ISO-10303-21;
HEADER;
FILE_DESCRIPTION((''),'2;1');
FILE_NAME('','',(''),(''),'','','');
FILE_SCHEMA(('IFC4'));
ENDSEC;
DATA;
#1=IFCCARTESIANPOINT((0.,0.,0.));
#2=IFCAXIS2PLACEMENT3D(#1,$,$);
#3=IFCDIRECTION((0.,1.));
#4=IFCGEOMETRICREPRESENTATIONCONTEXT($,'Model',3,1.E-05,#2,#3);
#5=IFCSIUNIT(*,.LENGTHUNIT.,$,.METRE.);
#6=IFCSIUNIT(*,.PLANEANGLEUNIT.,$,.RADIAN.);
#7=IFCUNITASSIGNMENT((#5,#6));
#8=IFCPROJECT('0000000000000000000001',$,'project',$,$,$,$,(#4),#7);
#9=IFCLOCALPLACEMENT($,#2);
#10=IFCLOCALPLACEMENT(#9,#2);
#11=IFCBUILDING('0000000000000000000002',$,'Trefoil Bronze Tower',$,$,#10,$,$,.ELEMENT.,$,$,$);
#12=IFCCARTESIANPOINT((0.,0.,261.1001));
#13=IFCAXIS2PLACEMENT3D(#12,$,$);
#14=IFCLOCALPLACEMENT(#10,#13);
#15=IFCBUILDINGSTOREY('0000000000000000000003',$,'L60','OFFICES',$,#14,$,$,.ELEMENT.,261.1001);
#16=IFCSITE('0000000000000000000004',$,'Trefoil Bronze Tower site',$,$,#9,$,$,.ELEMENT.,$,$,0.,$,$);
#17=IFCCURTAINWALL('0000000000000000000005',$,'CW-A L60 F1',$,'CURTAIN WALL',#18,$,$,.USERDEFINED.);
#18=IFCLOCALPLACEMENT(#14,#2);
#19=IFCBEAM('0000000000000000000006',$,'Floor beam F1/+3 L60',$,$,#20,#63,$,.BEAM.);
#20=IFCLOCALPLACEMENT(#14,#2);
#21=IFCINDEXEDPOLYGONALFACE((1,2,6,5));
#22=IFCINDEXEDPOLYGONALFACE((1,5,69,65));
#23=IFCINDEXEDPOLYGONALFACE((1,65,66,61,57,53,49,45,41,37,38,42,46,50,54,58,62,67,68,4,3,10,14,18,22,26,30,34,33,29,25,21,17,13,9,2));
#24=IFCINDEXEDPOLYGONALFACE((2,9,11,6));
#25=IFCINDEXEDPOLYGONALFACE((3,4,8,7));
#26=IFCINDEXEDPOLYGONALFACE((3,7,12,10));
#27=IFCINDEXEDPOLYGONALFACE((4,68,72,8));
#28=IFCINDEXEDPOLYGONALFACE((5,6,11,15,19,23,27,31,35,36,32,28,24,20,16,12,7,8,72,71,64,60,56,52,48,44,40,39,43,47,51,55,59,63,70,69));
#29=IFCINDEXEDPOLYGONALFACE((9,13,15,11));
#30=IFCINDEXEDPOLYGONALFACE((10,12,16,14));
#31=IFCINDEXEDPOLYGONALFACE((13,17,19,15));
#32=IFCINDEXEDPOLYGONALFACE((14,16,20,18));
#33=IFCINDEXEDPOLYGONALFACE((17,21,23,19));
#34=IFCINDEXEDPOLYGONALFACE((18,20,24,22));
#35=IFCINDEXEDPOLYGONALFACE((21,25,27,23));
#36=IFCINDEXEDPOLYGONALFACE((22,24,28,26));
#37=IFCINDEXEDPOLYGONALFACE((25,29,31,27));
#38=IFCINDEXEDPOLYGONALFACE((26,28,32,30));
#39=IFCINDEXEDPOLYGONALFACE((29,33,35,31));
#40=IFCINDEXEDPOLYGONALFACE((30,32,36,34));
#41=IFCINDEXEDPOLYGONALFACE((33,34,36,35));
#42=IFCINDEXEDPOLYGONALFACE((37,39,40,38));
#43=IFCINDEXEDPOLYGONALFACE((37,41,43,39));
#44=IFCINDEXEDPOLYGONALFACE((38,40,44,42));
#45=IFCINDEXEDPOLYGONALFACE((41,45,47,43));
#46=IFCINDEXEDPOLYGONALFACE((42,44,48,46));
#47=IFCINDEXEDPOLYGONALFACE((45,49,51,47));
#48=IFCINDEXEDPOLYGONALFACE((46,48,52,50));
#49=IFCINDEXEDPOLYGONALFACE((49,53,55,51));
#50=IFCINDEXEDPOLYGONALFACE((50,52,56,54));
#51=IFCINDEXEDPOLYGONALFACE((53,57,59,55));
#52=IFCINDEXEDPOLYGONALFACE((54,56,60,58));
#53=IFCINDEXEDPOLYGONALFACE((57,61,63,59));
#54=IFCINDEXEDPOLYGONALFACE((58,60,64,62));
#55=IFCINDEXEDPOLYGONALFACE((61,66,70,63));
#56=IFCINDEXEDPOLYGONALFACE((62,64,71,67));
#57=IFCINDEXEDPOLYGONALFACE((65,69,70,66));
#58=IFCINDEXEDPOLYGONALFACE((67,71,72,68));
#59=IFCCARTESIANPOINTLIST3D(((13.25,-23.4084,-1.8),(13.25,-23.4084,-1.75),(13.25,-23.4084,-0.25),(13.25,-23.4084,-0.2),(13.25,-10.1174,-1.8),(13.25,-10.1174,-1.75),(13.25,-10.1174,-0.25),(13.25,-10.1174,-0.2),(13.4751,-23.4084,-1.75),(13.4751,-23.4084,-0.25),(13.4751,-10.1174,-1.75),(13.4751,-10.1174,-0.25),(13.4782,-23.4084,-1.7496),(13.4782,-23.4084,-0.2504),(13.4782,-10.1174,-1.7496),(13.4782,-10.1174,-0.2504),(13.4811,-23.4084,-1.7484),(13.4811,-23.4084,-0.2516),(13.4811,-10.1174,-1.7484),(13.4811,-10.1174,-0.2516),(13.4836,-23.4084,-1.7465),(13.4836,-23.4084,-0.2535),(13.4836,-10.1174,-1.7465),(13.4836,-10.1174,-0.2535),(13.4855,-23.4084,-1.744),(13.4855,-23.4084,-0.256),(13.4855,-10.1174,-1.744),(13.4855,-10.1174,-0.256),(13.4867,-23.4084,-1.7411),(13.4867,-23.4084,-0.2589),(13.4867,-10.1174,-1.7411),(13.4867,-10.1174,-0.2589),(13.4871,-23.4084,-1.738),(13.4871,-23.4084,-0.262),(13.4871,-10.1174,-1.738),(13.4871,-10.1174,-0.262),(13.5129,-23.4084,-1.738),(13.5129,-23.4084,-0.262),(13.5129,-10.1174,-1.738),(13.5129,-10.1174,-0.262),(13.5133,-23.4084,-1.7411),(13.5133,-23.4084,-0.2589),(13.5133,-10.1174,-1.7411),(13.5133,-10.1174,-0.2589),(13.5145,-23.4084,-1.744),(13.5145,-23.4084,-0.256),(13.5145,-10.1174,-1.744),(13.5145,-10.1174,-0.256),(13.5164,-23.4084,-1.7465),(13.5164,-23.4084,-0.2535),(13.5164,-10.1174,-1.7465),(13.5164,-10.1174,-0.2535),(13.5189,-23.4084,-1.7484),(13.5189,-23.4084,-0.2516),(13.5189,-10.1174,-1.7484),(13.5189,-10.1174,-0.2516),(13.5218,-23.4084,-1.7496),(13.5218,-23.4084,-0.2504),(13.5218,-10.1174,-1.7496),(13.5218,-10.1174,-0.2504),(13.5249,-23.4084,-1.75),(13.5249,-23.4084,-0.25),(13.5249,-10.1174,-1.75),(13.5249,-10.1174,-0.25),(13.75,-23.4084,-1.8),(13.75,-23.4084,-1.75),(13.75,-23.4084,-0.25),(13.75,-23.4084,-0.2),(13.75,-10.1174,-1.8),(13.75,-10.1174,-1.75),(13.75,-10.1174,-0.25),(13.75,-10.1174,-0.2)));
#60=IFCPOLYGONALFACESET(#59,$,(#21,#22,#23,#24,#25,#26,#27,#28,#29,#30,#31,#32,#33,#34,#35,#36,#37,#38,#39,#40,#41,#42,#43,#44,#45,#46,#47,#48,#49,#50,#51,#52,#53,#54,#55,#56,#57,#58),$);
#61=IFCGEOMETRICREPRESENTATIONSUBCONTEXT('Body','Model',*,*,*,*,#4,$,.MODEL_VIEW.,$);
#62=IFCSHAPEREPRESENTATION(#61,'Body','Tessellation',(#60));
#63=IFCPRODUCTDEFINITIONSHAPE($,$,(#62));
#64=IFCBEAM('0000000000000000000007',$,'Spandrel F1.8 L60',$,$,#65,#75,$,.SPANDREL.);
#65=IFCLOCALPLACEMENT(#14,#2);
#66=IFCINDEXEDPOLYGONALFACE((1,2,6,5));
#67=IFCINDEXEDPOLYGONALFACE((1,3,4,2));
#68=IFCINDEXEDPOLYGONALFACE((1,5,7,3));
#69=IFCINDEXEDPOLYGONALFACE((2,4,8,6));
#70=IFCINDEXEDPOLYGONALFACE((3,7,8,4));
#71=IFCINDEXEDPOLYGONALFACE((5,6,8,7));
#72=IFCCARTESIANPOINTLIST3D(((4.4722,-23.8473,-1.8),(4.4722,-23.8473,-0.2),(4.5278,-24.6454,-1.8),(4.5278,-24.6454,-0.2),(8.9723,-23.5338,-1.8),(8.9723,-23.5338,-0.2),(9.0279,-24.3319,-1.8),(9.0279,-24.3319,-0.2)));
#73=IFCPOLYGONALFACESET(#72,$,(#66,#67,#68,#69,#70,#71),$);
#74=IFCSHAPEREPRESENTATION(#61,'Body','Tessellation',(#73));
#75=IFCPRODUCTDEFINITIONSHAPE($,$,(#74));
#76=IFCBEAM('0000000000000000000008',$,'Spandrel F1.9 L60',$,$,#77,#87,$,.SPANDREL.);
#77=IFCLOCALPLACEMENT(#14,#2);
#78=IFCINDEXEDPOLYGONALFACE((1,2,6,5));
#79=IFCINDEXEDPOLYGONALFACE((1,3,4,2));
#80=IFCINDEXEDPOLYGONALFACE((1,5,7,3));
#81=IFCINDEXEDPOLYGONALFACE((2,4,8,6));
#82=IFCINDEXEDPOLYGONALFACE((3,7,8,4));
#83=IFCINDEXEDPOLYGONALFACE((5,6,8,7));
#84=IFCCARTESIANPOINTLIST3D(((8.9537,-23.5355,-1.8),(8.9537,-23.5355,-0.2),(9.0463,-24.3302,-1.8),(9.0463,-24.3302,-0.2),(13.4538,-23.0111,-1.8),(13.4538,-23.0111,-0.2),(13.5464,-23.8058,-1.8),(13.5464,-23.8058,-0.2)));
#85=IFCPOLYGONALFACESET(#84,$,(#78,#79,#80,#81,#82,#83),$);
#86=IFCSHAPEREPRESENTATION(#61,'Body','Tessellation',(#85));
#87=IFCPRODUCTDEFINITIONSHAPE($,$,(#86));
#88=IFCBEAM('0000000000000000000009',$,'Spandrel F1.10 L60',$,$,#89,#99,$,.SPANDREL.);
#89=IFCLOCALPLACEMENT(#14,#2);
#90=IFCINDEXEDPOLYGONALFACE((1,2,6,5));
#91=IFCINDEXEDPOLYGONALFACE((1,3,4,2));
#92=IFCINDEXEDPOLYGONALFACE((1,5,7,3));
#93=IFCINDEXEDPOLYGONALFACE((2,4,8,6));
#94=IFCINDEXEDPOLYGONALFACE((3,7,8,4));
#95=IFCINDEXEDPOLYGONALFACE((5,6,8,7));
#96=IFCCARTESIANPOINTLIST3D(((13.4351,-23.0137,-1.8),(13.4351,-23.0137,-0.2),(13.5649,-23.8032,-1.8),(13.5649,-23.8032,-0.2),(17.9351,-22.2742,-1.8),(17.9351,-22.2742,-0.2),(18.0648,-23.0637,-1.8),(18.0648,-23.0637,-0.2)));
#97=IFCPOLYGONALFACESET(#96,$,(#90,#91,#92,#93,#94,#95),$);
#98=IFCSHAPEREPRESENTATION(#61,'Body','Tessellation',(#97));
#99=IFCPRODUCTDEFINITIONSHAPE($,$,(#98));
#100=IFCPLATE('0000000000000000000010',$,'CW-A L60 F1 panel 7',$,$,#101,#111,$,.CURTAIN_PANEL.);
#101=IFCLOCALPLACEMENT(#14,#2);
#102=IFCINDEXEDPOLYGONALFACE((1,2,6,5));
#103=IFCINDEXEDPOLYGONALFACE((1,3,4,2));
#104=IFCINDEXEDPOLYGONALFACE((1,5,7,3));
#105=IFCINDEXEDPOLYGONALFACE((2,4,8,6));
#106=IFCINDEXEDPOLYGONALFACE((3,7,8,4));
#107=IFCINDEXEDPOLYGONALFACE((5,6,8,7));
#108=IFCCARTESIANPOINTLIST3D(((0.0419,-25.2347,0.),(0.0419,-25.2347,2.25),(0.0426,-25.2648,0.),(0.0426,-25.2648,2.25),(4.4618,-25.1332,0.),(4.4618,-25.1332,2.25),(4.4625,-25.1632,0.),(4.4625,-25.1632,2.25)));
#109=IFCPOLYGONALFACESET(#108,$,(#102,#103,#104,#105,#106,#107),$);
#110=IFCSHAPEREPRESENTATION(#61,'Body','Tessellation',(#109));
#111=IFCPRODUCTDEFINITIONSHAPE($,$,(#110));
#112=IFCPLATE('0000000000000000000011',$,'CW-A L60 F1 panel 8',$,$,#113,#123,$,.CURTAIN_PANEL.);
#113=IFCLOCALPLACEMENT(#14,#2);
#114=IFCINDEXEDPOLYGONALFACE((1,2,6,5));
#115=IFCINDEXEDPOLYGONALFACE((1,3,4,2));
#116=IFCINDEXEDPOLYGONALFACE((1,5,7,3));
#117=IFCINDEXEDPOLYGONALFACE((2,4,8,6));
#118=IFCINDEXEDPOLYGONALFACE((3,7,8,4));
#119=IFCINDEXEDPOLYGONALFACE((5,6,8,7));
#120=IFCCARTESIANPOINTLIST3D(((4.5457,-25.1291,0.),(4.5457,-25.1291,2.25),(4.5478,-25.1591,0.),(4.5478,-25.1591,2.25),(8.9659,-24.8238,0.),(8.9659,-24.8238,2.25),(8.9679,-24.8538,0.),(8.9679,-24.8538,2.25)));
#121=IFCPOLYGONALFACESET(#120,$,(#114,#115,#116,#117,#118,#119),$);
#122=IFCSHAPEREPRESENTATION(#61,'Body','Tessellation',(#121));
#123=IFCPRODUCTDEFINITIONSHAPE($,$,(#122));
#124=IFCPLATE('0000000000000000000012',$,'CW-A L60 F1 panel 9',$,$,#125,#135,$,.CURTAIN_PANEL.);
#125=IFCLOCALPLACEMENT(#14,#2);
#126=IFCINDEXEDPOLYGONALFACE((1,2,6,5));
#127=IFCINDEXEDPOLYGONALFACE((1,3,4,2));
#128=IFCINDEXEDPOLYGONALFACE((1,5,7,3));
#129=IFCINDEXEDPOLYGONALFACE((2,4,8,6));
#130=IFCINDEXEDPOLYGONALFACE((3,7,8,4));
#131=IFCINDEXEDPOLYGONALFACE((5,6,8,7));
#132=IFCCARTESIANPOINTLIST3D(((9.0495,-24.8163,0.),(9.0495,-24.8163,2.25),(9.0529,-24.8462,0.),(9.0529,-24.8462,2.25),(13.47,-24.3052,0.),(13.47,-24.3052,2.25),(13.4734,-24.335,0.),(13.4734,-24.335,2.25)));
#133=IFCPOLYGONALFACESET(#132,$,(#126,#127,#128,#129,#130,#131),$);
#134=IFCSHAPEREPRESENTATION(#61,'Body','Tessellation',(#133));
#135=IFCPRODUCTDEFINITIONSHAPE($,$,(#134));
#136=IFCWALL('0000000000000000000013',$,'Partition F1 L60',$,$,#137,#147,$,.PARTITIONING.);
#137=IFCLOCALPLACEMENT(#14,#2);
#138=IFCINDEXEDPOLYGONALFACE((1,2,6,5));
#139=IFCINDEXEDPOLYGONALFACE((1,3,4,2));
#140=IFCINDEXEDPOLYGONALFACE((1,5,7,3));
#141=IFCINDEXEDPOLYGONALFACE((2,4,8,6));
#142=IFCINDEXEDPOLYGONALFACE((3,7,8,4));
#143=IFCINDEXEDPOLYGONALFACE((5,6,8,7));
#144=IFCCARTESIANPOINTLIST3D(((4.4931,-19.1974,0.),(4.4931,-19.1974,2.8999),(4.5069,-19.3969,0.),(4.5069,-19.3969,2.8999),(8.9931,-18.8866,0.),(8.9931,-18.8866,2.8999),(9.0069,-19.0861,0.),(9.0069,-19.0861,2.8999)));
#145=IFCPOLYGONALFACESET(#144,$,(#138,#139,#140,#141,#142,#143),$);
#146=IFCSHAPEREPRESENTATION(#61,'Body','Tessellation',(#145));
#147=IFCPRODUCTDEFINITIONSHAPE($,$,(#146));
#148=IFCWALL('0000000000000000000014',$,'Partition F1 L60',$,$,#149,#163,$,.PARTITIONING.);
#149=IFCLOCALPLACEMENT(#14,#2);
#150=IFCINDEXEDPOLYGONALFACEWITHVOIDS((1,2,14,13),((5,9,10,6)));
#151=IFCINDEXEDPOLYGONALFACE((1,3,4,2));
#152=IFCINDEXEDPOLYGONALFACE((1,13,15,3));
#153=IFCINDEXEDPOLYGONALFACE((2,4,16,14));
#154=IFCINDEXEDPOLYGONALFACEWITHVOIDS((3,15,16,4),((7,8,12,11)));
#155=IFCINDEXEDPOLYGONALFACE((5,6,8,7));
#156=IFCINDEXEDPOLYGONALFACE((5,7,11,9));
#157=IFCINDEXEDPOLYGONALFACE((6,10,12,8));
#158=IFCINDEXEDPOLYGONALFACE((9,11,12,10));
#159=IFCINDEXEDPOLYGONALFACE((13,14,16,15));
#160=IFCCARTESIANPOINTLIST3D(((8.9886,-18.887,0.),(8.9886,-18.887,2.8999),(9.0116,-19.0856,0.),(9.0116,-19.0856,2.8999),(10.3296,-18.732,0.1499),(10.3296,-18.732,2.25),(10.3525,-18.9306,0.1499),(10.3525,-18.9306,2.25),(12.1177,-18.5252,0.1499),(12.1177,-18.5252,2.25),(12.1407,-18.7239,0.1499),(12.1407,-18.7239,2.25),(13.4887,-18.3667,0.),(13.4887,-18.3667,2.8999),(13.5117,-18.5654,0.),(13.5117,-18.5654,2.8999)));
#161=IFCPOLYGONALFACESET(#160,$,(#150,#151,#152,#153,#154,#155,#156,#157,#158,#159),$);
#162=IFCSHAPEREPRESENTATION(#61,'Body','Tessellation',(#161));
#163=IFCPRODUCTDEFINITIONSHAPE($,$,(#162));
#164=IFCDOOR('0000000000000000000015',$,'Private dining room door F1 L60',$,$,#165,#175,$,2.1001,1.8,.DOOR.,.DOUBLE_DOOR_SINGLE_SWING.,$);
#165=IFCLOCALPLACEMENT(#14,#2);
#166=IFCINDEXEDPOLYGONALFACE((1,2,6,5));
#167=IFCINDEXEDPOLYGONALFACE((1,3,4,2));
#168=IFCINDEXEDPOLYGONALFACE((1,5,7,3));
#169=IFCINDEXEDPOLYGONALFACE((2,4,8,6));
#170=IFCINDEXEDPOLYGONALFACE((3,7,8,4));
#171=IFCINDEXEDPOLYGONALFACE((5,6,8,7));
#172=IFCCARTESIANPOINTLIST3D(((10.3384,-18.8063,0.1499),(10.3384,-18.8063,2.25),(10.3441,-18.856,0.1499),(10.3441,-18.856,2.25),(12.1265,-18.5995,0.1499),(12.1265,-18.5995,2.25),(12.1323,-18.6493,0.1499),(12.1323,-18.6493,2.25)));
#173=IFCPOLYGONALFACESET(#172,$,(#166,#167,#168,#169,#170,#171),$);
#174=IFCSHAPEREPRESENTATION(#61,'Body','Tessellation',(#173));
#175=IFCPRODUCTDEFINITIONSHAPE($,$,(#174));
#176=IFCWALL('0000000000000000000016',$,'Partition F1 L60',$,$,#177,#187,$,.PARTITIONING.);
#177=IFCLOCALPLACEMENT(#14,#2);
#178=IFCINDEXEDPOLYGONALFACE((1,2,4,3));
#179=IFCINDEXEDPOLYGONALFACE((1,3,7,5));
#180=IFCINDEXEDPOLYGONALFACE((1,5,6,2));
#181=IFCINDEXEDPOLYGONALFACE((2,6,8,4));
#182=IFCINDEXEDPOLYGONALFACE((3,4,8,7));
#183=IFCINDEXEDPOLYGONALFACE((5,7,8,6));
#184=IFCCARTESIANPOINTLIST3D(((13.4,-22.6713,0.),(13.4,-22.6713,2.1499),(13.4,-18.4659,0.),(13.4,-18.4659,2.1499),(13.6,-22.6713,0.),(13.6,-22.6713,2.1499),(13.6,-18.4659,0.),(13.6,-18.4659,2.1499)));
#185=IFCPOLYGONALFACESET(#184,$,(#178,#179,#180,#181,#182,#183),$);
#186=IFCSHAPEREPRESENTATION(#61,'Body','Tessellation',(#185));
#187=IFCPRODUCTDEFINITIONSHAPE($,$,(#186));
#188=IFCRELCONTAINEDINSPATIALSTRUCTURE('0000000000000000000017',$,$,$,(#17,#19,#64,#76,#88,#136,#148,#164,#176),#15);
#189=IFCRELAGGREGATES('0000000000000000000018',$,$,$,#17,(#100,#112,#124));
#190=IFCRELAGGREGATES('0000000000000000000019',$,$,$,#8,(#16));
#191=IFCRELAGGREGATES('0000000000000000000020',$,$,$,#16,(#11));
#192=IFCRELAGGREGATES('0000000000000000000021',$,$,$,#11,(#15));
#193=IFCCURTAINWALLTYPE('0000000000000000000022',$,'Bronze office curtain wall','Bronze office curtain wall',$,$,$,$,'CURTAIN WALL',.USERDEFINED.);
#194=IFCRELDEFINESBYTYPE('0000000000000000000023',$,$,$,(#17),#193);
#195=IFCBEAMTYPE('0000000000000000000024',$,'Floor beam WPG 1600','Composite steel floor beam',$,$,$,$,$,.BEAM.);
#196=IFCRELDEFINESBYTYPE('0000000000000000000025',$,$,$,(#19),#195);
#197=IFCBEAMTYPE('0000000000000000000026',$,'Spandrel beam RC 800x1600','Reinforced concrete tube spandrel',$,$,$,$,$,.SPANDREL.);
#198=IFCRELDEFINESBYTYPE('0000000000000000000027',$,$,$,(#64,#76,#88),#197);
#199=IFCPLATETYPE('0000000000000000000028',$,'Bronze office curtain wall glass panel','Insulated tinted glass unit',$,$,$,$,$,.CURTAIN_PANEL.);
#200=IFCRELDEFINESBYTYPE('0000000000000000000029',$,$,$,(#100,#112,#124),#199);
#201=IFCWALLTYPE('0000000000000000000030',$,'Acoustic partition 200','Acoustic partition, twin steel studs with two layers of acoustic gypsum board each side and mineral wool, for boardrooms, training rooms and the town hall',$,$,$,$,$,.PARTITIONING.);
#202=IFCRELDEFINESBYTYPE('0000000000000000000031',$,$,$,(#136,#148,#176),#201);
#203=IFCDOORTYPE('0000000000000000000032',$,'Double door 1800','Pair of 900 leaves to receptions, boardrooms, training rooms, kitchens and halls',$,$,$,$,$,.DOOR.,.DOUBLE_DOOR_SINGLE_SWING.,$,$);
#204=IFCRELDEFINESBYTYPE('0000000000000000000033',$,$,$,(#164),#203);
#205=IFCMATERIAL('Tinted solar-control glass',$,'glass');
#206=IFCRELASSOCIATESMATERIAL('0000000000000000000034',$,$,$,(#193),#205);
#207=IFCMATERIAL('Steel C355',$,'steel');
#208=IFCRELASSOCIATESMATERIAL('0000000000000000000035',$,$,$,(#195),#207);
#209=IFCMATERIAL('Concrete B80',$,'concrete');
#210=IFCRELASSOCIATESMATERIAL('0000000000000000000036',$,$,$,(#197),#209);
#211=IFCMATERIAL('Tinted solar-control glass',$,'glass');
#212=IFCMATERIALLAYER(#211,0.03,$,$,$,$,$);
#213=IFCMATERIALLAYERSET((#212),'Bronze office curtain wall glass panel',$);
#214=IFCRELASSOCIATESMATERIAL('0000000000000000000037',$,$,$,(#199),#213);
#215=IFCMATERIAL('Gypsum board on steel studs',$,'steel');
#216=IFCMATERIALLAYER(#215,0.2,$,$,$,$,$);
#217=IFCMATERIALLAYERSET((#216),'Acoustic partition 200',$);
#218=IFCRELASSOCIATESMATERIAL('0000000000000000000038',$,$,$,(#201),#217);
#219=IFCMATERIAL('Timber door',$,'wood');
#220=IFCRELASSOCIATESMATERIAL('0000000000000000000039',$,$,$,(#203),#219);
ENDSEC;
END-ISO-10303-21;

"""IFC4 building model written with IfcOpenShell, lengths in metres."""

from ifc_helpers import new_model, si_unit, direction, frame, frame_2d, origin, origin_2d, place, context, subcontext, project, spatial, rectangle, i_section, extrude, material, layer, layer_set, material_profile, profile_set, type_object, element, fill, aggregate, save


model = new_model("IFC4")

# Units and contexts
model_context = context("Model", 3, precision=1e-05, world=origin(), true_north=direction((0.0, 1.0)))
body_context = subcontext(model_context, "Body", "Model", "MODEL_VIEW")
ifc_project = project(units=[si_unit("LENGTHUNIT", "METRE"), si_unit("PLANEANGLEUNIT", "RADIAN")], contexts=[model_context])

# Site, building, storey
site_placement = place(None, origin())
site = spatial("IfcSite", under=ifc_project, at=site_placement, Name="Trefoil Bronze Tower site", CompositionType="ELEMENT", RefElevation=0.0)
building_placement = place(site_placement, origin())
building = spatial("IfcBuilding", under=site, at=building_placement, Name="Trefoil Bronze Tower", CompositionType="ELEMENT")
storey_placement = place(building_placement, frame((0.0, 0.0, 261.1001)))
storey = spatial("IfcBuildingStorey", under=building, at=storey_placement, Name="L60", Description="OFFICES", CompositionType="ELEMENT", Elevation=261.1001)

# Curtain wall
ifc_material_1 = material(Name="Tinted solar-control glass", Category="glass")
curtain_wall_type = type_object("IfcCurtainWallType", Name="Bronze office curtain wall", Description="Bronze office curtain wall", ElementType="CURTAIN WALL", PredefinedType="USERDEFINED", material=ifc_material_1)
curtain_wall_placement = place(storey_placement, origin())
curtain_wall = element("IfcCurtainWall", 1, at=curtain_wall_placement, inside=storey, type_object=curtain_wall_type, Name="CW-A L60 F1", ObjectType="CURTAIN WALL", PredefinedType="USERDEFINED")

# Beams
ifc_material_2 = material(Name="Steel C355", Category="steel")
ifc_material_profile_1 = material_profile(ifc_material_2, i_section(OverallWidth=0.5, OverallDepth=1.6001, WebThickness=0.0259, FlangeThickness=0.05, FilletRadius=0.012, at=origin_2d()), Name="WPG 1600")
ifc_profile_set_1 = profile_set([ifc_material_profile_1], Name="Steel C355")
beam_type_1 = type_object("IfcBeamType", Name="Floor beam WPG 1600", Description="Composite steel floor beam", PredefinedType="BEAM", material=ifc_profile_set_1)
beam_1_placement = place(storey_placement, frame((13.5, -23.4084, -1.0), z_axis=(0.0, 1.0, 0.0), x_axis=(-1.0, 0.0, 0.0)))
element("IfcBeam", 2, at=beam_1_placement, inside=storey, type_object=beam_type_1, Name="Floor beam F1/+3 L60", PredefinedType="BEAM", context=body_context, shape_type="SweptSolid", body=[
    extrude(i_section(OverallWidth=0.5, OverallDepth=1.6001, WebThickness=0.0259, FlangeThickness=0.05, FilletRadius=0.012, at=origin_2d()), origin(), (0.0, 0.0, 1.0), 13.291),
])
ifc_material_3 = material(Name="Concrete B80", Category="concrete")
ifc_material_profile_2 = material_profile(ifc_material_3, rectangle(XDim=0.8, YDim=1.6001, at=origin_2d()), Name="RC 800x1600")
ifc_profile_set_2 = profile_set([ifc_material_profile_2], Name="Concrete B80")
beam_type_2 = type_object("IfcBeamType", Name="Spandrel beam RC 800x1600", Description="Reinforced concrete tube spandrel", PredefinedType="SPANDREL", material=ifc_profile_set_2)
beam_2_placement = place(storey_placement, frame((4.5, -24.2463, -1.0), z_axis=(0.997582, 0.069493, 0.0), x_axis=(-0.069493, 0.997582, 0.0)))
element("IfcBeam", 3, at=beam_2_placement, inside=storey, type_object=beam_type_2, Name="Spandrel F1.8 L60", PredefinedType="SPANDREL", context=body_context, shape_type="SweptSolid", body=[
    extrude(rectangle(XDim=0.8, YDim=1.6001, at=origin_2d()), origin(), (0.0, 0.0, 1.0), 4.511),
])
beam_3_placement = place(storey_placement, frame((9.0, -23.9329, -1.0), z_axis=(0.993278, 0.115753, 0.0), x_axis=(-0.115753, 0.993278, 0.0)))
element("IfcBeam", 4, at=beam_3_placement, inside=storey, type_object=beam_type_2, Name="Spandrel F1.9 L60", PredefinedType="SPANDREL", context=body_context, shape_type="SweptSolid", body=[
    extrude(rectangle(XDim=0.8, YDim=1.6001, at=origin_2d()), origin(), (0.0, 0.0, 1.0), 4.5305),
])
beam_4_placement = place(storey_placement, frame((13.5, -23.4084, -1.0), z_axis=(0.986765, 0.162159, 0.0), x_axis=(-0.162159, 0.986765, 0.0)))
element("IfcBeam", 5, at=beam_4_placement, inside=storey, type_object=beam_type_2, Name="Spandrel F1.10 L60", PredefinedType="SPANDREL", context=body_context, shape_type="SweptSolid", body=[
    extrude(rectangle(XDim=0.8, YDim=1.6001, at=origin_2d()), origin(), (0.0, 0.0, 1.0), 4.5603),
])

# Plates
ifc_material_4 = material(Name="Tinted solar-control glass", Category="glass")
ifc_layer_1 = layer(ifc_material_4, 0.03)
ifc_layer_set_1 = layer_set([ifc_layer_1], Name="Bronze office curtain wall glass panel")
plate_type = type_object("IfcPlateType", Name="Bronze office curtain wall glass panel", Description="Insulated tinted glass unit", PredefinedType="CURTAIN_PANEL", material=ifc_layer_set_1)
plate_1_placement = place(storey_placement, frame((2.2522, -25.199, 0.0), z_axis=(0.0, 0.0, 1.0), x_axis=(0.999736, 0.022972, 0.0)))
plate_1 = element("IfcPlate", 6, at=plate_1_placement, type_object=plate_type, Name="CW-A L60 F1 panel 7", PredefinedType="CURTAIN_PANEL", context=body_context, shape_type="SweptSolid", body=[
    extrude(rectangle(XDim=4.4211, YDim=0.03, at=origin_2d()), origin(), (0.0, 0.0, 1.0), 2.25),
])
plate_2_placement = place(storey_placement, frame((6.7568, -24.9915, 0.0), z_axis=(0.0, 0.0, 1.0), x_axis=(0.997623, 0.068915, 0.0)))
plate_2 = element("IfcPlate", 7, at=plate_2_placement, type_object=plate_type, Name="CW-A L60 F1 panel 8", PredefinedType="CURTAIN_PANEL", context=body_context, shape_type="SweptSolid", body=[
    extrude(rectangle(XDim=4.4307, YDim=0.03, at=origin_2d()), origin(), (0.0, 0.0, 1.0), 2.25),
])
plate_3_placement = place(storey_placement, frame((11.2615, -24.5757, 0.0), z_axis=(0.0, 0.0, 1.0), x_axis=(0.993382, 0.114859, 0.0)))
plate_3 = element("IfcPlate", 8, at=plate_3_placement, type_object=plate_type, Name="CW-A L60 F1 panel 9", PredefinedType="CURTAIN_PANEL", context=body_context, shape_type="SweptSolid", body=[
    extrude(rectangle(XDim=4.45, YDim=0.03, at=origin_2d()), origin(), (0.0, 0.0, 1.0), 2.25),
])
aggregate(curtain_wall, [plate_1, plate_2, plate_3])

# Wall
ifc_material_5 = material(Name="Gypsum board on steel studs", Category="steel")
ifc_layer_2 = layer(ifc_material_5, 0.2)
ifc_layer_set_2 = layer_set([ifc_layer_2], Name="Acoustic partition 200")
wall_type_1 = type_object("IfcWallType", Name="Acoustic partition 200", Description="Acoustic partition, twin steel studs with two layers of acoustic gypsum board each side and mineral wool, for boardrooms, training rooms and the town hall", PredefinedType="PARTITIONING", material=ifc_layer_set_2)
wall_1_placement = place(storey_placement, frame((4.5, -19.2971, 0.0), z_axis=(0.0, 0.0, 1.0), x_axis=(0.997624, 0.068901, 0.0)))
element("IfcWall", 9, at=wall_1_placement, inside=storey, type_object=wall_type_1, Name="Partition F1 L60", PredefinedType="PARTITIONING", context=body_context, shape_type="SweptSolid", body=[
    extrude(rectangle(XDim=4.5107, YDim=0.2, at=frame_2d((2.2554, 0.0))), origin(), (0.0, 0.0, 1.0), 2.8999),
])

# Wall, opening, door
wall_2_placement = place(storey_placement, frame((9.0, -18.9863, 0.0), z_axis=(0.0, 0.0, 1.0), x_axis=(0.993383, 0.114849, 0.0)))
wall_2 = element("IfcWall", 10, at=wall_2_placement, inside=storey, type_object=wall_type_1, Name="Partition F1 L60", PredefinedType="PARTITIONING", context=body_context, shape_type="SweptSolid", body=[
    extrude(rectangle(XDim=4.53, YDim=0.2, at=frame_2d((2.2651, 0.0))), origin(), (0.0, 0.0, 1.0), 2.8999),
])
opening_1_placement = place(wall_2_placement, frame((1.3501, 0.0, 0.1499)))
opening_1 = element("IfcOpeningElement", 11, at=opening_1_placement, cuts=wall_2, PredefinedType="OPENING", context=body_context, shape_type="SweptSolid", body=[
    extrude(rectangle(XDim=1.8, YDim=2.1001, at=frame_2d((0.8999, 1.05))), frame((0.0, 0.1099, 0.0), z_axis=(0.0, -1.0, 0.0), x_axis=(1.0, 0.0, 0.0)), (0.0, 0.0, 1.0), 0.22),
])
ifc_material_6 = material(Name="Timber door", Category="wood")
door_type_1 = type_object("IfcDoorType", Name="Double door 1800", Description="Pair of 900 leaves to receptions, boardrooms, training rooms, kitchens and halls", OperationType="DOUBLE_DOOR_SINGLE_SWING", PredefinedType="DOOR", material=ifc_material_6)
door_1_placement = place(opening_1_placement, frame((1.8, 0.0, 0.0), z_axis=(0.0, 0.0, 1.0), x_axis=(-1.0, 0.0, 0.0)))
door_1 = element("IfcDoor", 12, at=door_1_placement, inside=storey, type_object=door_type_1, Name="Private dining room door F1 L60", OperationType="DOUBLE_DOOR_SINGLE_SWING", OverallHeight=2.1001, OverallWidth=1.8, PredefinedType="DOOR", context=body_context, shape_type="SweptSolid", body=[
    extrude(rectangle(XDim=1.8, YDim=2.1001, at=frame_2d((0.8999, 1.05))), frame((0.0, 0.0249, 0.0), z_axis=(0.0, -1.0, 0.0), x_axis=(1.0, 0.0, 0.0)), (0.0, 0.0, 1.0), 0.05),
])
fill(opening_1, door_1)

# Wall
wall_3_placement = place(storey_placement, frame((13.5, -18.4661, 0.0), z_axis=(0.0, 0.0, 1.0), x_axis=(0.0, -1.0, 0.0)))
element("IfcWall", 13, at=wall_3_placement, inside=storey, type_object=wall_type_1, Name="Partition F1 L60", PredefinedType="PARTITIONING", context=body_context, shape_type="SweptSolid", body=[
    extrude(rectangle(XDim=4.2053, YDim=0.2, at=frame_2d((2.1025, 0.0))), origin(), (0.0, 0.0, 1.0), 2.1499),
])

save(model, "model.ifc")
